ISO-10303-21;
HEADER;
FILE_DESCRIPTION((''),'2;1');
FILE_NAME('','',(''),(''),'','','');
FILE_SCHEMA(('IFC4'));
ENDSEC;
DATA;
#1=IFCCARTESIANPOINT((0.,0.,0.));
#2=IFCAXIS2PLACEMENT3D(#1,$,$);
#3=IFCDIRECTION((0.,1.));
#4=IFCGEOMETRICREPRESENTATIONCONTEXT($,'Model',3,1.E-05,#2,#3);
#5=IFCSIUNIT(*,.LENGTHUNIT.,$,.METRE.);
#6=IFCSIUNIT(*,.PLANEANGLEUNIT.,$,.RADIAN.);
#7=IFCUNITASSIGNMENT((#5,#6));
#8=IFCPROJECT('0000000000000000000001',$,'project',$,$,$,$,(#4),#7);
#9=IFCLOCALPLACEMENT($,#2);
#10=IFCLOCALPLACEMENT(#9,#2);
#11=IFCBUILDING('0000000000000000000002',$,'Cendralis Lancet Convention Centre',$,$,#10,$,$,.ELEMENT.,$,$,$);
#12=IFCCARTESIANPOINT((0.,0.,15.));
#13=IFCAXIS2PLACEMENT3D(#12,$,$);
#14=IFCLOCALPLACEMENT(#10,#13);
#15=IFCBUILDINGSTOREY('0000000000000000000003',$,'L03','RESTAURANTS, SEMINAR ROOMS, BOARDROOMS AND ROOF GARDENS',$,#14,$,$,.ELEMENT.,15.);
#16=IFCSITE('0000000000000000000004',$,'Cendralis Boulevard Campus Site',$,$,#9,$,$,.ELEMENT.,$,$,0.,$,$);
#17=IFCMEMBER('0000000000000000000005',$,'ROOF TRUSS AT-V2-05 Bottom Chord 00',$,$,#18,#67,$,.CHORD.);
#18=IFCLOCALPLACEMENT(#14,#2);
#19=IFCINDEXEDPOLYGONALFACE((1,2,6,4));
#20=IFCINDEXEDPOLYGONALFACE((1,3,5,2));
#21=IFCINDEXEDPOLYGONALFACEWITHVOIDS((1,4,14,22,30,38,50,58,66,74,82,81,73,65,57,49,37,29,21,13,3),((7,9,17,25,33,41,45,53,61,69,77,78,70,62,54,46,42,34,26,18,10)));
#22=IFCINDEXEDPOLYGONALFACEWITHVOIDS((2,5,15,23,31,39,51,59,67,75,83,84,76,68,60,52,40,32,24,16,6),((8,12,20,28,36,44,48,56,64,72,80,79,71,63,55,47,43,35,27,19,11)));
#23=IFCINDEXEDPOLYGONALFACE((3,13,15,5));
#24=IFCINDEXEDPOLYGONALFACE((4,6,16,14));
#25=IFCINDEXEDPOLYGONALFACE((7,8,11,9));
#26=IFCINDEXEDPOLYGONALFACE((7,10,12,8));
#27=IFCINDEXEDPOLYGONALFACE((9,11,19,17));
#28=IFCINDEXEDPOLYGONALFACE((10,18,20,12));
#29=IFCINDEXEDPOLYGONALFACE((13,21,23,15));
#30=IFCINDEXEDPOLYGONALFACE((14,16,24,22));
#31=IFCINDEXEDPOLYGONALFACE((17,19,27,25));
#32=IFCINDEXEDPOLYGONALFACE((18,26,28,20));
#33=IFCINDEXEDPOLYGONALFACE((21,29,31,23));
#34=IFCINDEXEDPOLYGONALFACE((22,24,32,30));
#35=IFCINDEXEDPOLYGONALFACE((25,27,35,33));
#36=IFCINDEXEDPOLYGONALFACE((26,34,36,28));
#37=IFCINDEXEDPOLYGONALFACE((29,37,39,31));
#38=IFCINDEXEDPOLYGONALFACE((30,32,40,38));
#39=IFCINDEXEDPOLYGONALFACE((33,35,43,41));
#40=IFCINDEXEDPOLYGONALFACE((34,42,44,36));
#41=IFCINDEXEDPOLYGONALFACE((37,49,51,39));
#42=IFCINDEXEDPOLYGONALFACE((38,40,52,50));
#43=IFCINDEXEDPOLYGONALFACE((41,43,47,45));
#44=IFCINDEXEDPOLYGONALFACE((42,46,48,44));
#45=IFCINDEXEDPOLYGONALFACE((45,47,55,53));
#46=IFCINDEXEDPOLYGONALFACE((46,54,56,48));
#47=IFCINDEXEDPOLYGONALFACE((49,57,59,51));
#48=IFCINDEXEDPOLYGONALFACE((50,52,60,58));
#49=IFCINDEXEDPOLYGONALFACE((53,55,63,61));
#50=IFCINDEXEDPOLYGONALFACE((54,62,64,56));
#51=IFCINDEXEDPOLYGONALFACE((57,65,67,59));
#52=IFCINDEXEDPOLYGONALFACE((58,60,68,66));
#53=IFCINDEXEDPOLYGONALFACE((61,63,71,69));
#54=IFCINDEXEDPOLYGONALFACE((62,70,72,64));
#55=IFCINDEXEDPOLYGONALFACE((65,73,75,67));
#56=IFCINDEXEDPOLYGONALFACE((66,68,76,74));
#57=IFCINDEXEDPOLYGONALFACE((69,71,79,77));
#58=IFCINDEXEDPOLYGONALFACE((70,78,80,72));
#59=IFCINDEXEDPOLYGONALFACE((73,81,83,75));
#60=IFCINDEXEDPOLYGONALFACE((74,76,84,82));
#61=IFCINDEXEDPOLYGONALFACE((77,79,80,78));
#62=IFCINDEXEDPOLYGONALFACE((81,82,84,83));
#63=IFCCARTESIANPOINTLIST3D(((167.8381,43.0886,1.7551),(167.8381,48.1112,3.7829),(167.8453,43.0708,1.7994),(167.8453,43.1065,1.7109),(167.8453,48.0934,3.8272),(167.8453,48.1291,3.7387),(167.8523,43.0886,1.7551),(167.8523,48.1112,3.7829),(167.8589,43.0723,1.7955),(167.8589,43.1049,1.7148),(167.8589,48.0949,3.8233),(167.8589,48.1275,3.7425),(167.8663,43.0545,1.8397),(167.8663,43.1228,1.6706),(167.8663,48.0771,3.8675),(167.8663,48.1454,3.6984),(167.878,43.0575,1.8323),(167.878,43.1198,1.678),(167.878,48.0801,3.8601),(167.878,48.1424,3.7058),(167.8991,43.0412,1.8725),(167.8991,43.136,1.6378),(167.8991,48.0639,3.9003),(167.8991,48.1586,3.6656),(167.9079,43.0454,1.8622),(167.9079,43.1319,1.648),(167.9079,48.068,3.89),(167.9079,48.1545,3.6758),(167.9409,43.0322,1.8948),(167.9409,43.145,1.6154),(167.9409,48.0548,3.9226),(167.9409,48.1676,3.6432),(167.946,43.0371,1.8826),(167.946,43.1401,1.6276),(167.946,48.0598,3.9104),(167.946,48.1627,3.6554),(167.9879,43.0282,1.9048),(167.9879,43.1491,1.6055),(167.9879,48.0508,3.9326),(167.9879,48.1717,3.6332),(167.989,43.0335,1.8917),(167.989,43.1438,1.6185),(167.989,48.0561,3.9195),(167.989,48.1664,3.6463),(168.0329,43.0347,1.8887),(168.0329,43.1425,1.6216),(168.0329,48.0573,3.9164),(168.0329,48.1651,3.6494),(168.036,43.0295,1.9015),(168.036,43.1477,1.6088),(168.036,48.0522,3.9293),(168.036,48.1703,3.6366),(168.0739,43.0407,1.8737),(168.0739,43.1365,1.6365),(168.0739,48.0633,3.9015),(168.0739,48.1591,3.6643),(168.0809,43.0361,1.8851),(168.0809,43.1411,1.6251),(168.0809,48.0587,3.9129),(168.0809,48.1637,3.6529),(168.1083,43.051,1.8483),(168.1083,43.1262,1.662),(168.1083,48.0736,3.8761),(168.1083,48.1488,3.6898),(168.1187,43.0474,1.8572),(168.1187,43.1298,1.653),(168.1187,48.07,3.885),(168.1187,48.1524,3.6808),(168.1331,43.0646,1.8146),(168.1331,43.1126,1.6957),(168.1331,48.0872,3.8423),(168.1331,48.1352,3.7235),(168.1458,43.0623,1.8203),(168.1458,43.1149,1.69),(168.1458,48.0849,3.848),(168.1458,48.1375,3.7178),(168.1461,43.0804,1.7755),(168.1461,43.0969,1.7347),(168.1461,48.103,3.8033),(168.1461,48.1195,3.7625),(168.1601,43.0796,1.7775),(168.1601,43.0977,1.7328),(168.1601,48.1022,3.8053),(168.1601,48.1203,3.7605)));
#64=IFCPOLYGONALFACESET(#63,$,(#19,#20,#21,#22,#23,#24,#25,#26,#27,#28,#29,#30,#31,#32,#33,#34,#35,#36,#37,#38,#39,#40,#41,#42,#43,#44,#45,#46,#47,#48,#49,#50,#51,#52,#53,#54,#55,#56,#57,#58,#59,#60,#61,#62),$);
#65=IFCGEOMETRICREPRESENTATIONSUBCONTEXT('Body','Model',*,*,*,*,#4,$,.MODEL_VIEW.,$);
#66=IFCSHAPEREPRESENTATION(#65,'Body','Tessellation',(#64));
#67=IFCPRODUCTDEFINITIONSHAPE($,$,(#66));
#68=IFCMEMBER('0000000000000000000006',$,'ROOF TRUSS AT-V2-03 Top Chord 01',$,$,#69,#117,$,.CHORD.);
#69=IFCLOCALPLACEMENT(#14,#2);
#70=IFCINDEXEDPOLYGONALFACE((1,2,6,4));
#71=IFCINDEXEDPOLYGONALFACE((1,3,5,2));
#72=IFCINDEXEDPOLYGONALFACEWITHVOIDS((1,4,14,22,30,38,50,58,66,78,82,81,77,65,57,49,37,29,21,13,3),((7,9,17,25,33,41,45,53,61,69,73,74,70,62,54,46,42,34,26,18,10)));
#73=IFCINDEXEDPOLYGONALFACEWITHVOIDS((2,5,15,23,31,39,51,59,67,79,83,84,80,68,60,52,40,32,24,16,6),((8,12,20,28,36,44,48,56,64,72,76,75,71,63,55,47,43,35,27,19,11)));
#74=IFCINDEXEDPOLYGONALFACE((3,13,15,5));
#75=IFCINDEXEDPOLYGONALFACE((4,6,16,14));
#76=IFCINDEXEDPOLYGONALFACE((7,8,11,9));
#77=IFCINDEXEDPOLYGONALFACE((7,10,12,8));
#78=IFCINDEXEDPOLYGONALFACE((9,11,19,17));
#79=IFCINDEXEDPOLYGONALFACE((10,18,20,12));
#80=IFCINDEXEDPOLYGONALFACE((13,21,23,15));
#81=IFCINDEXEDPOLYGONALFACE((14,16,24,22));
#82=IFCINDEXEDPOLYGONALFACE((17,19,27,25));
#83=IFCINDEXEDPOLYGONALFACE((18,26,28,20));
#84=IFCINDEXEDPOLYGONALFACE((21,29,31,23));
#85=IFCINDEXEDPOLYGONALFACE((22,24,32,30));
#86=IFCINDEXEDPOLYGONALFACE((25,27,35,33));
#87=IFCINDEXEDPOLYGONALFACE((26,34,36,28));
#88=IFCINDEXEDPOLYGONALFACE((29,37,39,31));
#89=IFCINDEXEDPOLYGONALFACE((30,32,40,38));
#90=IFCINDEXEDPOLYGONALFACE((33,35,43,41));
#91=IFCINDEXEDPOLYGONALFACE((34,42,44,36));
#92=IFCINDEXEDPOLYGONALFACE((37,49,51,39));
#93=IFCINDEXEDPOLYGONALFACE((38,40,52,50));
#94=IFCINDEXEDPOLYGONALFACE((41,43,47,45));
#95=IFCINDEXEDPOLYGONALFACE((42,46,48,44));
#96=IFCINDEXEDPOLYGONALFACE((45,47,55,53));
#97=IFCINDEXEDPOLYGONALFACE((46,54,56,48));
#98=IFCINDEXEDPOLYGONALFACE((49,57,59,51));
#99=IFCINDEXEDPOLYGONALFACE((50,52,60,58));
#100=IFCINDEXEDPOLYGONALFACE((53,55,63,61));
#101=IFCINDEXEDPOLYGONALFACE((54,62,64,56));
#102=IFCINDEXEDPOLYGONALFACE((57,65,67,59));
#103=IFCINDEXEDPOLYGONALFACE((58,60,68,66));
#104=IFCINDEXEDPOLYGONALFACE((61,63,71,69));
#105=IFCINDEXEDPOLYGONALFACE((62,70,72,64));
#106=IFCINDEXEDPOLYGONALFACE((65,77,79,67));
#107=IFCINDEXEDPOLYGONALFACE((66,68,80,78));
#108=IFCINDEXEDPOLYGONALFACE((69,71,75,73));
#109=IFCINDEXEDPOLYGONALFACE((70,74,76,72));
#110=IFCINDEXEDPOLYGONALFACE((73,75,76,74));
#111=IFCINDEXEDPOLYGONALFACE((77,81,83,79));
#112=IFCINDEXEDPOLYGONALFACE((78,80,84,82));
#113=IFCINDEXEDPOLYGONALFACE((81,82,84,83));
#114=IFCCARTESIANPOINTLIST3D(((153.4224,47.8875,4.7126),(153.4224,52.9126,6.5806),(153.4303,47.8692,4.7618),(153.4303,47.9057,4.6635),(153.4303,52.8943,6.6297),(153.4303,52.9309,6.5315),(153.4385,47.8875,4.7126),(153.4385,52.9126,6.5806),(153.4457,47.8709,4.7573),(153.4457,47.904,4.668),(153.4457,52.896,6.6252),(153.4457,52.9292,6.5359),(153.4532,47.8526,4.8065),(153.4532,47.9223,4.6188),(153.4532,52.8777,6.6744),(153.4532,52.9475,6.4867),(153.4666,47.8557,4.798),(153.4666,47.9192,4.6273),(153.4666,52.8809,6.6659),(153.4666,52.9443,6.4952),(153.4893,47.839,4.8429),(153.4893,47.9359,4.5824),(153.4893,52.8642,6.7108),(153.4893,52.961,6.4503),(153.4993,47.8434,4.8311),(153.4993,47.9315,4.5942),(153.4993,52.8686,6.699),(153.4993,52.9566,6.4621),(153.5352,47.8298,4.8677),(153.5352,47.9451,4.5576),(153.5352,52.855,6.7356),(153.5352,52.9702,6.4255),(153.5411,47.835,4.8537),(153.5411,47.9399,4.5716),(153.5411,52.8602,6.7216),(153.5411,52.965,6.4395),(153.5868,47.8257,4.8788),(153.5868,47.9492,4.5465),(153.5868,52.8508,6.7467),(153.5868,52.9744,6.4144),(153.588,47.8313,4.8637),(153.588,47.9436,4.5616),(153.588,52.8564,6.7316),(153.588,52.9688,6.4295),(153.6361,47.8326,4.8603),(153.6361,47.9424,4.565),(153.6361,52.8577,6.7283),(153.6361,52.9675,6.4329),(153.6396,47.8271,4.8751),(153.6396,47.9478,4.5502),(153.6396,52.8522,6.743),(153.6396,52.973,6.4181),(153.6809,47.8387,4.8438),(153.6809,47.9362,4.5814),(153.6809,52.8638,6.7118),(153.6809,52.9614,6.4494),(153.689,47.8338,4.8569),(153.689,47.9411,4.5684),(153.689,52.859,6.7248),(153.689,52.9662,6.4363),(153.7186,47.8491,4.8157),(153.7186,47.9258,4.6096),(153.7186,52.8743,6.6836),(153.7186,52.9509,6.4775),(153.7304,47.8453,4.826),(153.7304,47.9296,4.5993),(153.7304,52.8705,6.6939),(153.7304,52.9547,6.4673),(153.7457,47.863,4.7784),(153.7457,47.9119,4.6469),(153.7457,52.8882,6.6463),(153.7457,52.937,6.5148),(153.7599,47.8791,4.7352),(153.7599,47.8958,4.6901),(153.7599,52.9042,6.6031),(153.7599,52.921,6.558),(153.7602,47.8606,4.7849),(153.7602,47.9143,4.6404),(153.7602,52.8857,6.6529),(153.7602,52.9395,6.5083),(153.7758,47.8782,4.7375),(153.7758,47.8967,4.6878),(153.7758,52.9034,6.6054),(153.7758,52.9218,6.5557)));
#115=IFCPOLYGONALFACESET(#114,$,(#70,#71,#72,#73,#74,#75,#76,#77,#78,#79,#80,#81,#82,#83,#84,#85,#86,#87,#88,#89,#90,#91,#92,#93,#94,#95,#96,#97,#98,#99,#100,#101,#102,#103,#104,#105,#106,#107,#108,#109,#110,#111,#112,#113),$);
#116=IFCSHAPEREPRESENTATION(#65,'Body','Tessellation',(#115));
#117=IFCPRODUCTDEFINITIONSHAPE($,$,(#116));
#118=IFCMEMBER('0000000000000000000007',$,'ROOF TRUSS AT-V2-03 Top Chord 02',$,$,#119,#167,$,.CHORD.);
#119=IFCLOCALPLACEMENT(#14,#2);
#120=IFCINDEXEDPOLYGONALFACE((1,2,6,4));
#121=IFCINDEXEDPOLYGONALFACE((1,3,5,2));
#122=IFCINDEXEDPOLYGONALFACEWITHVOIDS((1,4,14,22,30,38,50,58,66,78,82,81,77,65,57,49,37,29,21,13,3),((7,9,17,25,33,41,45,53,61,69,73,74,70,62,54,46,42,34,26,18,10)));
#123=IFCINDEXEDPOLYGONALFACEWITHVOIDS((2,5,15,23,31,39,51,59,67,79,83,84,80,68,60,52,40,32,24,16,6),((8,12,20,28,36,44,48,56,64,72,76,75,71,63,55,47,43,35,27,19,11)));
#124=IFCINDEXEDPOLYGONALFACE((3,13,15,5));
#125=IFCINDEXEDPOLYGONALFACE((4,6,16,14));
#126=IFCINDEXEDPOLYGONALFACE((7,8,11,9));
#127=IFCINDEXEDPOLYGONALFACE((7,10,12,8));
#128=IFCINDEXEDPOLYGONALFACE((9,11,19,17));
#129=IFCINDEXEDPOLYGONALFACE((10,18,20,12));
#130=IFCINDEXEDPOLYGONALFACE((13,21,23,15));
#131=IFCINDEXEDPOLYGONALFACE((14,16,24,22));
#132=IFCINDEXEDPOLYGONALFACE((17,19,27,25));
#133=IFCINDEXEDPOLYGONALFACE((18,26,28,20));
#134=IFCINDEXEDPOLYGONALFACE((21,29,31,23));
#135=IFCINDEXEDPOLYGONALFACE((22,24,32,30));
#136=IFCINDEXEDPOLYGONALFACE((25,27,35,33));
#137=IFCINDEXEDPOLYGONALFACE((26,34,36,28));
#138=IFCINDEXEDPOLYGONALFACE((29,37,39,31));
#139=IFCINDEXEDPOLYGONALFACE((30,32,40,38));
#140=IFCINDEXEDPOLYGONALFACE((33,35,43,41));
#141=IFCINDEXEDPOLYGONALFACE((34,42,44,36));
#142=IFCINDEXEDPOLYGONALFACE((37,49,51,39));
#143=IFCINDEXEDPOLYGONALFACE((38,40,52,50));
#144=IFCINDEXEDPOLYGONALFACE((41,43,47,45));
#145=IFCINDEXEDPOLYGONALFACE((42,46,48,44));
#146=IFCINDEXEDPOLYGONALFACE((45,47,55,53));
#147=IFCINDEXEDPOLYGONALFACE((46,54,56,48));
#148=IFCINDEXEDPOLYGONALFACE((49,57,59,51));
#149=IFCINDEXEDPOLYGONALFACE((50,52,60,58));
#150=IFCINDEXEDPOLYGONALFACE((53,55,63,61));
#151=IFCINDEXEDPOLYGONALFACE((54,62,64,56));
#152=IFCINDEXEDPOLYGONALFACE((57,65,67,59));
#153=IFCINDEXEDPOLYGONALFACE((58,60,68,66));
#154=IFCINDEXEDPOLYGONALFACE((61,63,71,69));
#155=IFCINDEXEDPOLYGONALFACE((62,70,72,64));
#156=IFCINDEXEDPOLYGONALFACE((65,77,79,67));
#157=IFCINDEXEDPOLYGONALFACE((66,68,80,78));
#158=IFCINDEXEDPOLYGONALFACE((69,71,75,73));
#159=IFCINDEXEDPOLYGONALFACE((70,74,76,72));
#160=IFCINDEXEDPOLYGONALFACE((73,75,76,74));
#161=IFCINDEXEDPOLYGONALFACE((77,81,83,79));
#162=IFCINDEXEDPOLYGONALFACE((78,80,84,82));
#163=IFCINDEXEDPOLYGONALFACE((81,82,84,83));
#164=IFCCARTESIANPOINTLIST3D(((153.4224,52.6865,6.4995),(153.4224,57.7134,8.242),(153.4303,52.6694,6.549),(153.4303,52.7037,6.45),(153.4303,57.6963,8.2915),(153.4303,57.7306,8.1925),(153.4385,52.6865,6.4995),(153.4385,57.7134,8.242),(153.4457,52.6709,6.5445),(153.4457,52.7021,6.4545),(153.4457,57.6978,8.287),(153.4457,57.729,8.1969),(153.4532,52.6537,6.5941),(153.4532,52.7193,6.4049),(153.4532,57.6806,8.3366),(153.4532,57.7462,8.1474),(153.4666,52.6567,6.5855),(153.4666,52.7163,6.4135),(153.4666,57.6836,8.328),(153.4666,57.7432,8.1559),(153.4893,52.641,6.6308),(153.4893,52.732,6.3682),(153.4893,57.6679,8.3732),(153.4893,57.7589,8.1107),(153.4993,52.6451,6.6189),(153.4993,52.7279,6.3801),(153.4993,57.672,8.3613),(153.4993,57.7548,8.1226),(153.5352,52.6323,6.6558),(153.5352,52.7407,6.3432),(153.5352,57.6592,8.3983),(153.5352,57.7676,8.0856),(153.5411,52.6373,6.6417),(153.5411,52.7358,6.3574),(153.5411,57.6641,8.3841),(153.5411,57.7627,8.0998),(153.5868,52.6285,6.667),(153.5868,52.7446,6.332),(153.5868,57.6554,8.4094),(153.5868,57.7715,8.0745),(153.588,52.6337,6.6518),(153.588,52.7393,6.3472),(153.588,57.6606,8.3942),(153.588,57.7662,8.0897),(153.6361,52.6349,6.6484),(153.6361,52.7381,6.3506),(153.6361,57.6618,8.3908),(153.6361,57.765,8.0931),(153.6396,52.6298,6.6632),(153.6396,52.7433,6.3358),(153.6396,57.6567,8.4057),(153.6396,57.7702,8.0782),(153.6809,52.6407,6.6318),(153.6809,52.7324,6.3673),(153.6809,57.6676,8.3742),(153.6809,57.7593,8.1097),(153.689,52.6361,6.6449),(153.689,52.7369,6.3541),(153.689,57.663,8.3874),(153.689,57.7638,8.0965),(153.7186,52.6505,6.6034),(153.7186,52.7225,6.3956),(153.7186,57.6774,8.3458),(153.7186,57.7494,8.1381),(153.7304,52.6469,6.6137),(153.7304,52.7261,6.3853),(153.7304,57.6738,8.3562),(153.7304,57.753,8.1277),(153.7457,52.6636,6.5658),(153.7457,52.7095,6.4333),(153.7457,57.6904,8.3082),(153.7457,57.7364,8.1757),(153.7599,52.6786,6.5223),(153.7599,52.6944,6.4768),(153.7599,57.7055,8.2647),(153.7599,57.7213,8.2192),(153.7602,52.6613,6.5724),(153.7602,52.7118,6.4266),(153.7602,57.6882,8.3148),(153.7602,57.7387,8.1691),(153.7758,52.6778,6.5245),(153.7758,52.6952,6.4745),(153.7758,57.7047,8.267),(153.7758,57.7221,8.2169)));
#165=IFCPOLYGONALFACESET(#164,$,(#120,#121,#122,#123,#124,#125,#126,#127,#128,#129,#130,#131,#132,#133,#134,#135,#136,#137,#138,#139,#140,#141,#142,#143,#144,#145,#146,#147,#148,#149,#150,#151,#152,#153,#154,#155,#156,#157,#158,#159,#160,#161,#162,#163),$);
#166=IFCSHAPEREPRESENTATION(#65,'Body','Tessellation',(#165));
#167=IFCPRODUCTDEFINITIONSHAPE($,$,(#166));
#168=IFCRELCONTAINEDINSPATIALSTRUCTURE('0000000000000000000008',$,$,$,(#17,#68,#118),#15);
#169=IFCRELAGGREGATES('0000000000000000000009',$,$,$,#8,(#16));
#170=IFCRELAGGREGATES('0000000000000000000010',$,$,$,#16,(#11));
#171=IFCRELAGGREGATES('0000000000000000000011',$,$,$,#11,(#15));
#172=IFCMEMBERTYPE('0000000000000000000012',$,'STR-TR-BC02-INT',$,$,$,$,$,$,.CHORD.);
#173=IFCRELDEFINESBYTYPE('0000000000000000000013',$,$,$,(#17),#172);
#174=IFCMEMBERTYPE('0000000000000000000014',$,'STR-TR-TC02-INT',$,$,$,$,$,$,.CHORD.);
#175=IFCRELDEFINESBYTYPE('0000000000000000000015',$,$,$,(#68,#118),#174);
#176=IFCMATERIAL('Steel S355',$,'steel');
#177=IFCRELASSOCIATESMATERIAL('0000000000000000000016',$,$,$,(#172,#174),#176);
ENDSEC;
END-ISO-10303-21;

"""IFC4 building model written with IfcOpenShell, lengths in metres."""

from ifc_helpers import new_model, si_unit, direction, frame, origin, origin_2d, place, context, subcontext, project, spatial, hollow_circle, extrude, material, material_profile, profile_set, type_object, element, save


model = new_model("IFC4")

# Units and contexts
model_context = context("Model", 3, precision=1e-05, world=origin(), true_north=direction((0.0, 1.0)))
body_context = subcontext(model_context, "Body", "Model", "MODEL_VIEW")
ifc_project = project(units=[si_unit("LENGTHUNIT", "METRE"), si_unit("PLANEANGLEUNIT", "RADIAN")], contexts=[model_context])

# Site, building, storey
site_placement = place(None, origin())
site = spatial("IfcSite", under=ifc_project, at=site_placement, Name="Cendralis Boulevard Campus Site", CompositionType="ELEMENT", RefElevation=0.0)
building_placement = place(site_placement, origin())
building = spatial("IfcBuilding", under=site, at=building_placement, Name="Cendralis Lancet Convention Centre", CompositionType="ELEMENT")
storey_placement = place(building_placement, frame((0.0, 0.0, 15.0)))
storey = spatial("IfcBuildingStorey", under=building, at=storey_placement, Name="L03", Description="RESTAURANTS, SEMINAR ROOMS, BOARDROOMS AND ROOF GARDENS", CompositionType="ELEMENT", Elevation=15.0)

# Shared definitions
ifc_material_1 = material(Name="Steel S355", Category="steel")

# Members
ifc_material_profile_1 = material_profile(ifc_material_1, hollow_circle(Radius=0.1619, WallThickness=0.0142, at=origin_2d()), Name="CHS 323.9x14.2")
ifc_profile_set_1 = profile_set([ifc_material_profile_1], Name="Steel S355")
member_type_1 = type_object("IfcMemberType", Name="STR-TR-BC02-INT", PredefinedType="CHORD", material=ifc_profile_set_1)
member_1_placement = place(storey_placement, frame((168.0, 43.0886, 1.7551), z_axis=(0.0, 0.927278, 0.374373), x_axis=(-1.0, 0.0, 0.0)))
element("IfcMember", 1, at=member_1_placement, inside=storey, type_object=member_type_1, Name="ROOF TRUSS AT-V2-05 Bottom Chord 00", PredefinedType="CHORD", context=body_context, shape_type="SweptSolid", body=[
    extrude(hollow_circle(Radius=0.1619, WallThickness=0.0142, at=origin_2d()), origin(), (0.0, 0.0, 1.0), 5.4165),
])
ifc_material_profile_2 = material_profile(ifc_material_1, hollow_circle(Radius=0.1777, WallThickness=0.0161, at=origin_2d()), Name="CHS 355.6x16.0")
ifc_profile_set_2 = profile_set([ifc_material_profile_2], Name="Steel S355")
member_type_2 = type_object("IfcMemberType", Name="STR-TR-TC02-INT", PredefinedType="CHORD", material=ifc_profile_set_2)
member_2_placement = place(storey_placement, frame((153.6001, 47.8875, 4.7126), z_axis=(0.0, 0.937338, 0.348422), x_axis=(-1.0, 0.0, 0.0)))
element("IfcMember", 2, at=member_2_placement, inside=storey, type_object=member_type_2, Name="ROOF TRUSS AT-V2-03 Top Chord 01", PredefinedType="CHORD", context=body_context, shape_type="SweptSolid", body=[
    extrude(hollow_circle(Radius=0.1777, WallThickness=0.0161, at=origin_2d()), origin(), (0.0, 0.0, 1.0), 5.3611),
])
member_3_placement = place(storey_placement, frame((153.6001, 52.6865, 6.4995), z_axis=(0.0, 0.944849, 0.327508), x_axis=(-1.0, 0.0, 0.0)))
element("IfcMember", 3, at=member_3_placement, inside=storey, type_object=member_type_2, Name="ROOF TRUSS AT-V2-03 Top Chord 02", PredefinedType="CHORD", context=body_context, shape_type="SweptSolid", body=[
    extrude(hollow_circle(Radius=0.1777, WallThickness=0.0161, at=origin_2d()), origin(), (0.0, 0.0, 1.0), 5.3203),
])

save(model, "model.ifc")
